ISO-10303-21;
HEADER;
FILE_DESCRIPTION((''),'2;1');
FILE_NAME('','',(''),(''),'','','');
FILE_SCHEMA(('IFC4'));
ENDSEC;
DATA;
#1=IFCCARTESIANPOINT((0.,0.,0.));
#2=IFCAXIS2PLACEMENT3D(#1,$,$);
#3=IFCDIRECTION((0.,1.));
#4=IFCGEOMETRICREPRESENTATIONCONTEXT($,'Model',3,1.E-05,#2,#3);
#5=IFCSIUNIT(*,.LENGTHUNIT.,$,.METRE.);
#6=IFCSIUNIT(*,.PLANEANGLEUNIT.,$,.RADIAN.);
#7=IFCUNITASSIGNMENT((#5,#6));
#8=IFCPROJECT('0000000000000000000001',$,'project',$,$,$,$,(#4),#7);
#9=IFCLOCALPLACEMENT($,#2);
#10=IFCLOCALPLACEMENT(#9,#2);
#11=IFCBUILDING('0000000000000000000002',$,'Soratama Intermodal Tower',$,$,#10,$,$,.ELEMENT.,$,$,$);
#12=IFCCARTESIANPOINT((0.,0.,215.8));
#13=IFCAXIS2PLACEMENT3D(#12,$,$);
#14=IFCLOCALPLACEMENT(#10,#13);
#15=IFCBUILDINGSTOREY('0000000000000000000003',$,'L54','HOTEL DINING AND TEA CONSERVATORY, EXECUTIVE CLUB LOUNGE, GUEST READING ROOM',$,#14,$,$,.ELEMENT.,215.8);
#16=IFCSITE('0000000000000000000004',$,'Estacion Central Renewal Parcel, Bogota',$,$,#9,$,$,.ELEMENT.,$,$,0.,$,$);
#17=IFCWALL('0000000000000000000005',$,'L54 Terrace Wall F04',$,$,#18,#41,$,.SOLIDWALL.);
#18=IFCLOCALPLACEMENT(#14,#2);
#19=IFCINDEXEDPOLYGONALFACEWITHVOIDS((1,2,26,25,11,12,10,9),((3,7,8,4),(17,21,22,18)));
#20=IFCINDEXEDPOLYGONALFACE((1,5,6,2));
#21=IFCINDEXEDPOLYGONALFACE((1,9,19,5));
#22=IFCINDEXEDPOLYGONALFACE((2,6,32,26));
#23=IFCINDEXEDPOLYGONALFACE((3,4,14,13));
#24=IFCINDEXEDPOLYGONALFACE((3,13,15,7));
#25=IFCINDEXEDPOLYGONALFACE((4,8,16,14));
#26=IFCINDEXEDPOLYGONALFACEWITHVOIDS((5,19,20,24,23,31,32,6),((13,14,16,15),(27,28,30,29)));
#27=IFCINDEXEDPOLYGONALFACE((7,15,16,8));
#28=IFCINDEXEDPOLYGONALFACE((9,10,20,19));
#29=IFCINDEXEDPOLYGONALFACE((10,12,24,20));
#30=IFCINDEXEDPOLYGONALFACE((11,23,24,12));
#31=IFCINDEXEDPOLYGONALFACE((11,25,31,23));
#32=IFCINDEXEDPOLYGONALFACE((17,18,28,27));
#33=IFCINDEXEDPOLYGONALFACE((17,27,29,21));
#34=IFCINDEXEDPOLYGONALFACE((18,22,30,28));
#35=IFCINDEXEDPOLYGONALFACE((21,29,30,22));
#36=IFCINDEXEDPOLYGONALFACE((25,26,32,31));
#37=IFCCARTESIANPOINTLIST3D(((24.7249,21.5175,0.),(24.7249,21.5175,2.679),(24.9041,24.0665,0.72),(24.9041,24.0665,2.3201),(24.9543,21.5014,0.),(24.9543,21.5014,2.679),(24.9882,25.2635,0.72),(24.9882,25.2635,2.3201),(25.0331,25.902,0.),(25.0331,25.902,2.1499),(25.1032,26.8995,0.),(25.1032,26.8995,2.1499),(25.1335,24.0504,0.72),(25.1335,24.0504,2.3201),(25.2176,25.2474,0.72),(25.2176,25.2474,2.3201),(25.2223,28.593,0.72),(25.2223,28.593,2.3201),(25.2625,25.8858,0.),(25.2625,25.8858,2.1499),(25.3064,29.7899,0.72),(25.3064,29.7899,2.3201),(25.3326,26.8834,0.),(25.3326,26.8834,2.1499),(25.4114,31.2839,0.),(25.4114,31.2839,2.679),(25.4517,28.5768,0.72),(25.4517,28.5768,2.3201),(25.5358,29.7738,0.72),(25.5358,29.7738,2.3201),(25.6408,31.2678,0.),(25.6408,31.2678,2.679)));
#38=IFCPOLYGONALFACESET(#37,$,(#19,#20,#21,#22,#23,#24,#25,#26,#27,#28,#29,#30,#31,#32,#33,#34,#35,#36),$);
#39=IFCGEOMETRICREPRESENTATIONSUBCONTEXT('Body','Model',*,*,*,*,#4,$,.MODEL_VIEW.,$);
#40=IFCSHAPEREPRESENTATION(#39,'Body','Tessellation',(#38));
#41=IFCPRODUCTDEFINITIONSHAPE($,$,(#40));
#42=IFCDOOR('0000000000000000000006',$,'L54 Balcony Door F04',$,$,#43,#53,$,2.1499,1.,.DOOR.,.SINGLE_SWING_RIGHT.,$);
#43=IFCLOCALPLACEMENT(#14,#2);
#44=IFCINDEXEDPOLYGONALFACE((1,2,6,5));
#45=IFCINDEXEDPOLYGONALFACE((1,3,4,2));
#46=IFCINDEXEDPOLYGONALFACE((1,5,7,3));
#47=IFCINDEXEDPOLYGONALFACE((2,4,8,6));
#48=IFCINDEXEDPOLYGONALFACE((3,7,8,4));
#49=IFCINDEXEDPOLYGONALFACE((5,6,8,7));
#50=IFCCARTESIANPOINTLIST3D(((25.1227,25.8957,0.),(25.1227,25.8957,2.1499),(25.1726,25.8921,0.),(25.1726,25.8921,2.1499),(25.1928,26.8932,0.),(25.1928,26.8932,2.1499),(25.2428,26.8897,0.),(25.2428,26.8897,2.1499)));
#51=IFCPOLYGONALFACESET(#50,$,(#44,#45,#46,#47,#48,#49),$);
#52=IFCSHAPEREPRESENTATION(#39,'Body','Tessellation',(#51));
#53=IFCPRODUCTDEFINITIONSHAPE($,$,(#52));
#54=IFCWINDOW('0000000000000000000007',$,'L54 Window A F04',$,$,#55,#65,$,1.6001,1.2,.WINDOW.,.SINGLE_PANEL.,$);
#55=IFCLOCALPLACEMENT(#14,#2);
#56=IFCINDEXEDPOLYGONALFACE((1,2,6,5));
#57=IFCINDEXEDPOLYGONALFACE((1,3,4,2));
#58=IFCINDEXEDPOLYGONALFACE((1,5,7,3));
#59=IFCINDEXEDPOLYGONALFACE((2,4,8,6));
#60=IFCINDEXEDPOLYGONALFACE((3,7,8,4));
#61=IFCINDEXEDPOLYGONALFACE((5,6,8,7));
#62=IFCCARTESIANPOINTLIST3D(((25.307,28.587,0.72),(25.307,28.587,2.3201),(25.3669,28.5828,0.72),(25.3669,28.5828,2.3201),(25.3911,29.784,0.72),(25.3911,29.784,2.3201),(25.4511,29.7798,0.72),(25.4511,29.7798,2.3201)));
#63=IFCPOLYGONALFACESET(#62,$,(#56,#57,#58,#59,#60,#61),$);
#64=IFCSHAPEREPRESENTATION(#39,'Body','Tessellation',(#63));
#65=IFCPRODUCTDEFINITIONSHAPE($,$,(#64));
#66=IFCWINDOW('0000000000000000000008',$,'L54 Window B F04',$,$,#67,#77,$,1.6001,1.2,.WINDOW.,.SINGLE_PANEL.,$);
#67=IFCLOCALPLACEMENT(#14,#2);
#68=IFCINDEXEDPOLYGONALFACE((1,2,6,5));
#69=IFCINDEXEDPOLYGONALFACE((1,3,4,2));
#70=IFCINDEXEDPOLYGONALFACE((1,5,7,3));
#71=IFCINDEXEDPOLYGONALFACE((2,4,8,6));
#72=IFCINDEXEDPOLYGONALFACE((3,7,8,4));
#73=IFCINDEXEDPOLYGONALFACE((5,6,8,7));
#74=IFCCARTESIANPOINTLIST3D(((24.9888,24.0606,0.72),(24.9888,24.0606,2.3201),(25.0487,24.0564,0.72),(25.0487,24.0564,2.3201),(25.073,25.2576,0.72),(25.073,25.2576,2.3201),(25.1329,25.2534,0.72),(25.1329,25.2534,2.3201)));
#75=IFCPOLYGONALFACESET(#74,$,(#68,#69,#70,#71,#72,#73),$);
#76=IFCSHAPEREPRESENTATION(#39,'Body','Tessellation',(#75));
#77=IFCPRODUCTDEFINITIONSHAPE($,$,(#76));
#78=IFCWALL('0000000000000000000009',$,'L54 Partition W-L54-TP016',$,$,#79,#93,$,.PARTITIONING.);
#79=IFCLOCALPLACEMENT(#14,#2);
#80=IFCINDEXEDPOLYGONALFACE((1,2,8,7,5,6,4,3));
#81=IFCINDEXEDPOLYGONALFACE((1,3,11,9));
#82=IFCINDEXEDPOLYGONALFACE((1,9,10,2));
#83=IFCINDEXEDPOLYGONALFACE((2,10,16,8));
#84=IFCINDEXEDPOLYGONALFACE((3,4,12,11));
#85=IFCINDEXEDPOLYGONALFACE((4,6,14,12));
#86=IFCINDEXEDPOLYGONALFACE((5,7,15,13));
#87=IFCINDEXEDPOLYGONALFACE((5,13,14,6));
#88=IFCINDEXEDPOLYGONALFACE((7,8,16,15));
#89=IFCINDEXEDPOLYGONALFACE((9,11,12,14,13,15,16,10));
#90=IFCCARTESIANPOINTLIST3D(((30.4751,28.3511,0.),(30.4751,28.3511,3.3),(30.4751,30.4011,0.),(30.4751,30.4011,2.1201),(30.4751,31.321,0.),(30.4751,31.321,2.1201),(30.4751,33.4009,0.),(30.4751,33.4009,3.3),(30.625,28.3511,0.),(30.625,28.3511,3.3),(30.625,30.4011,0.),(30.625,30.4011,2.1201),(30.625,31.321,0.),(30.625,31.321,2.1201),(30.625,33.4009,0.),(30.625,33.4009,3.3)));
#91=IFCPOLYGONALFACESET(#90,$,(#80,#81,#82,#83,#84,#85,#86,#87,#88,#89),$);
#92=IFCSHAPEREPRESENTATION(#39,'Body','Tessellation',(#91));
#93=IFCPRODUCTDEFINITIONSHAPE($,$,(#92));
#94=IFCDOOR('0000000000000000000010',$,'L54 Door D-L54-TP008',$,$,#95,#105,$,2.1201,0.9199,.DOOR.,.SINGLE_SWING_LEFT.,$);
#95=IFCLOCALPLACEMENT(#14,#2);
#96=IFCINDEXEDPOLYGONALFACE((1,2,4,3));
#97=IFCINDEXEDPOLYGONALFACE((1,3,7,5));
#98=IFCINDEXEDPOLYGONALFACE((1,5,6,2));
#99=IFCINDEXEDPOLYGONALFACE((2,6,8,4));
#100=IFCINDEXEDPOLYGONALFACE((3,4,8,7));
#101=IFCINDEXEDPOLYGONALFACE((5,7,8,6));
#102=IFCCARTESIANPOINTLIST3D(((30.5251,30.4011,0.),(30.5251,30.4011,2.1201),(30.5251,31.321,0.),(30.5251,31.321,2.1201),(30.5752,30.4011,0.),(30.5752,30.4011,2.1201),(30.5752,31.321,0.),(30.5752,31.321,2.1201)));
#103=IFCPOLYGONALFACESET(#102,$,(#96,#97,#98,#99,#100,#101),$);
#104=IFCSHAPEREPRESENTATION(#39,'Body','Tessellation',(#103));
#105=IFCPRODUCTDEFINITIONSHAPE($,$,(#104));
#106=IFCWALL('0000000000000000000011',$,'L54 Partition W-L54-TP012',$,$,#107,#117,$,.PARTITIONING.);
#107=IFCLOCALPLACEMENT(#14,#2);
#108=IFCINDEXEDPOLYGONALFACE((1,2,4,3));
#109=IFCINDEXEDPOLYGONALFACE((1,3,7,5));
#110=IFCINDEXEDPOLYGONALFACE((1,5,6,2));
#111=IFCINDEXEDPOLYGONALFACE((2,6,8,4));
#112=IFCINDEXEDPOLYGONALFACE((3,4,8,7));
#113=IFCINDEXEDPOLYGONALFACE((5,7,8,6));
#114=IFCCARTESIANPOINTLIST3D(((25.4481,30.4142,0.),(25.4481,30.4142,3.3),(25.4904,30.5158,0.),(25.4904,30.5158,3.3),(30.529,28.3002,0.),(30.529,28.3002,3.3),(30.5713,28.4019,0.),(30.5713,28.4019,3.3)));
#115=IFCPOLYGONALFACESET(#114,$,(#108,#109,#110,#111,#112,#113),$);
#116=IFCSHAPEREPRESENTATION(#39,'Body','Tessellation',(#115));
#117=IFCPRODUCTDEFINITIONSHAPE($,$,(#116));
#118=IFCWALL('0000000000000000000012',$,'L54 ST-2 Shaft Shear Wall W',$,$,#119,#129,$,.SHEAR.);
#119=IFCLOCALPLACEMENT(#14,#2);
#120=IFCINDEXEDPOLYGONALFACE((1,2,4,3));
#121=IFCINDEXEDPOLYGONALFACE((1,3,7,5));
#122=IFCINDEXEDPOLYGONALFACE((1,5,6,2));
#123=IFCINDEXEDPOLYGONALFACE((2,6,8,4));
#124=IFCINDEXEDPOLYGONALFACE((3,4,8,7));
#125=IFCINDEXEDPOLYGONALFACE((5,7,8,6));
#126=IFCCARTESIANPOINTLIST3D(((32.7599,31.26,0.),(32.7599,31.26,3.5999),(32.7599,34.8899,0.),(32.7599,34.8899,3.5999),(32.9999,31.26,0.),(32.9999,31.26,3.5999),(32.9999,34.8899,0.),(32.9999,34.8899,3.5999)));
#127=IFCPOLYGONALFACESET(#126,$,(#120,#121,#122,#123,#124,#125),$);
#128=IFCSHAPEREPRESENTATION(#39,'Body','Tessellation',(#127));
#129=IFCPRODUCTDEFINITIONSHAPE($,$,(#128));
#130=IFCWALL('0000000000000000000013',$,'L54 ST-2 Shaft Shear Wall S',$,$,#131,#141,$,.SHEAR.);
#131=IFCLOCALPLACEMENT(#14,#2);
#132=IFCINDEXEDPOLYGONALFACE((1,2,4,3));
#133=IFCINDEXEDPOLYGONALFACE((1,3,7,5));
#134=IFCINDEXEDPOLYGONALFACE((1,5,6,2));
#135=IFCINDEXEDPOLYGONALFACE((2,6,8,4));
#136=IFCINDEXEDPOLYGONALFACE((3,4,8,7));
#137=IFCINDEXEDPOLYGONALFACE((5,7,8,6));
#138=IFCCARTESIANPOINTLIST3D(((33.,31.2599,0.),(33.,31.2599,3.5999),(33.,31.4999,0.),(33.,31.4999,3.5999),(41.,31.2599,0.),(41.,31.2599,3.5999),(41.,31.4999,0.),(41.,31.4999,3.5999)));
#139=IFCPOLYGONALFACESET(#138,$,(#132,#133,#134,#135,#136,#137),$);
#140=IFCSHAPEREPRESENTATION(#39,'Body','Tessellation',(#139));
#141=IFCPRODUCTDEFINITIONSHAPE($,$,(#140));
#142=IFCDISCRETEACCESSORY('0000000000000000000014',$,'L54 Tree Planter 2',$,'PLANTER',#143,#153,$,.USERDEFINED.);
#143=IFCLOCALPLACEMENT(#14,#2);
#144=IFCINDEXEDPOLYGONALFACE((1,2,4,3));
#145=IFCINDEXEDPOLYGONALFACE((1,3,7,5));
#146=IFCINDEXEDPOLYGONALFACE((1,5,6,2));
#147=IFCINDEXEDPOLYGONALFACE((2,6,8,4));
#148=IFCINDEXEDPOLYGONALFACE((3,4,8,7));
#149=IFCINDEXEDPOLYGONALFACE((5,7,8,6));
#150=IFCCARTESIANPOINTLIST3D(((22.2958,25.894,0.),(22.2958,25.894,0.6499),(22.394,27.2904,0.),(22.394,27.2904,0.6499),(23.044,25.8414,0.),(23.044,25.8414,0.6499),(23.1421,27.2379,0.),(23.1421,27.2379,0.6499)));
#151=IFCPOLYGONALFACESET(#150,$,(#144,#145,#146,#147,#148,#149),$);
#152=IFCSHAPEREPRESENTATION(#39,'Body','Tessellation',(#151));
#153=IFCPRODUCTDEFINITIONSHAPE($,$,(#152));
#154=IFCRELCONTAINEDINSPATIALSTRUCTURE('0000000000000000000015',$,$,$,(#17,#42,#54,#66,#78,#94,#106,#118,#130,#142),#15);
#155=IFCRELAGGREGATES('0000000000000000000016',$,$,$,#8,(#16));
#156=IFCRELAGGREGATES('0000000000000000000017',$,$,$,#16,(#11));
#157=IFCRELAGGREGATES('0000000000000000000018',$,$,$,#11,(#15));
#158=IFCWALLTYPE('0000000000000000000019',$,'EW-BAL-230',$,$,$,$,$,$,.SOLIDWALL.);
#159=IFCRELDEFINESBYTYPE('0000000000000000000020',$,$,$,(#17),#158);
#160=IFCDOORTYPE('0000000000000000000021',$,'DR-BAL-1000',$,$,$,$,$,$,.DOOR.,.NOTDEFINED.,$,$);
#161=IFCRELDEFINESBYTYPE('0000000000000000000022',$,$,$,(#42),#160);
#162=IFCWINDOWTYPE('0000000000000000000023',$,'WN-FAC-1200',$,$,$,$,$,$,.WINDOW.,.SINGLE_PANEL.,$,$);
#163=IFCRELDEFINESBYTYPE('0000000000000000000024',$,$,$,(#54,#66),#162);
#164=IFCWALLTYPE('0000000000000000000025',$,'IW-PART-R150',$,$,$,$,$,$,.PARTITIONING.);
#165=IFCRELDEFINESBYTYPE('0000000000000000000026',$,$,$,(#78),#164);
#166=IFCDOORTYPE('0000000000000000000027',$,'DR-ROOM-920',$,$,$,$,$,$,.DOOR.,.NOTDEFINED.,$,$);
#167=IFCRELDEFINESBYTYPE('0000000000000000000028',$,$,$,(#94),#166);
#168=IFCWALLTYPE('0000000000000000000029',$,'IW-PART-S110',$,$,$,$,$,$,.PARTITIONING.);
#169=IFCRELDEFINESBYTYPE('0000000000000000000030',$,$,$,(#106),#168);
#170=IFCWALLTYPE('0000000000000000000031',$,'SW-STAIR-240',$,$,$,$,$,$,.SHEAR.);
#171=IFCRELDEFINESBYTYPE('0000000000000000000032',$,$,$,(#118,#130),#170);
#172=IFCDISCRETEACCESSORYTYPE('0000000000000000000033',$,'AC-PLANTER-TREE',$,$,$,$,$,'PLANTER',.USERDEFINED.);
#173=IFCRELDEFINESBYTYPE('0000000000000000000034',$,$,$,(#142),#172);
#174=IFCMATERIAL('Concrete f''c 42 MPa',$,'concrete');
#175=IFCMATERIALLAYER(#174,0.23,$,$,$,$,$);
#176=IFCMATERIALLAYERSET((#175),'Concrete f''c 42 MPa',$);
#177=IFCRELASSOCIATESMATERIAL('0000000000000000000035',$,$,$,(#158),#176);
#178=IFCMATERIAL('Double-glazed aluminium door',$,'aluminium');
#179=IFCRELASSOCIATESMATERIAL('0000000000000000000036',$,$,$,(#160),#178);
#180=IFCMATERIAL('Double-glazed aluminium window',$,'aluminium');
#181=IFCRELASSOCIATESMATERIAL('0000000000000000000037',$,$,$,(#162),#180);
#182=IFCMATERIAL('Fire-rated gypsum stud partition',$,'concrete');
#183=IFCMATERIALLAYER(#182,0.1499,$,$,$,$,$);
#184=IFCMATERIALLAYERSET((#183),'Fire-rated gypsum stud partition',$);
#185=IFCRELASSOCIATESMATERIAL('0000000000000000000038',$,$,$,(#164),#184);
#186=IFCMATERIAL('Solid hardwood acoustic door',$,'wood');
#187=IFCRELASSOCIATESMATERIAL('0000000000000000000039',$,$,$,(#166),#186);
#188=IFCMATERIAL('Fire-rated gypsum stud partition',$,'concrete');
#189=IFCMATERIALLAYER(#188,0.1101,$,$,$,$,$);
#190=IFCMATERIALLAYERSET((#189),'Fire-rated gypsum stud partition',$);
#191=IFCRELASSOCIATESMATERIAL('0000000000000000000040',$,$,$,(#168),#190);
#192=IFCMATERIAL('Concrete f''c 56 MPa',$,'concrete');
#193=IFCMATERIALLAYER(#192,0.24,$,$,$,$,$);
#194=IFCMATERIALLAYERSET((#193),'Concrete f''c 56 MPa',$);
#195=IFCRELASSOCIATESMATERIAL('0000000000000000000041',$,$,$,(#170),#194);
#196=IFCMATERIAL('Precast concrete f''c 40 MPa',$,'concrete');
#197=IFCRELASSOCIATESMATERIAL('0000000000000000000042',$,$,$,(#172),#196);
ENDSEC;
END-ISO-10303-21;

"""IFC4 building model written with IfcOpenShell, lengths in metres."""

from ifc_helpers import new_model, si_unit, direction, frame, frame_2d, origin, origin_2d, place, context, subcontext, project, spatial, rectangle, extrude, material, layer, layer_set, type_object, element, fill, save


model = new_model("IFC4")

# Units and contexts
model_context = context("Model", 3, precision=1e-05, world=origin(), true_north=direction((0.0, 1.0)))
body_context = subcontext(model_context, "Body", "Model", "MODEL_VIEW")
ifc_project = project(units=[si_unit("LENGTHUNIT", "METRE"), si_unit("PLANEANGLEUNIT", "RADIAN")], contexts=[model_context])

# Site, building, storey
site_placement = place(None, origin())
site = spatial("IfcSite", under=ifc_project, at=site_placement, Name="Estacion Central Renewal Parcel, Bogota", CompositionType="ELEMENT", RefElevation=0.0)
building_placement = place(site_placement, origin())
building = spatial("IfcBuilding", under=site, at=building_placement, Name="Soratama Intermodal Tower", CompositionType="ELEMENT")
storey_placement = place(building_placement, frame((0.0, 0.0, 215.8)))
storey = spatial("IfcBuildingStorey", under=building, at=storey_placement, Name="L54", Description="HOTEL DINING AND TEA CONSERVATORY, EXECUTIVE CLUB LOUNGE, GUEST READING ROOM", CompositionType="ELEMENT", Elevation=215.8)

# Wall, openings, door, windows
ifc_material_1 = material(Name="Concrete f'c 42 MPa", Category="concrete")
ifc_layer_1 = layer(ifc_material_1, 0.23)
ifc_layer_set_1 = layer_set([ifc_layer_1], Name="Concrete f'c 42 MPa")
wall_type_1 = type_object("IfcWallType", Name="EW-BAL-230", PredefinedType="SOLIDWALL", material=ifc_layer_set_1)
wall_1_placement = place(storey_placement, frame((25.5261, 31.2759, 0.0), z_axis=(0.0, 0.0, 1.0), x_axis=(-0.070122, -0.997538, 0.0)))
wall_1 = element("IfcWall", 1, at=wall_1_placement, inside=storey, type_object=wall_type_1, Name="L54 Terrace Wall F04", PredefinedType="SOLIDWALL", context=body_context, shape_type="SweptSolid", body=[
    extrude(rectangle(XDim=9.7905, YDim=0.23, at=frame_2d((4.8953, 0.0))), origin(), (0.0, 0.0, 1.0), 2.679),
])
opening_1_placement = place(wall_1_placement, frame((4.3953, 0.0, 0.0)))
opening_1 = element("IfcOpeningElement", 2, at=opening_1_placement, cuts=wall_1, PredefinedType="OPENING", context=body_context, shape_type="SweptSolid", body=[
    extrude(rectangle(XDim=1.0, YDim=2.1499, at=frame_2d((0.5, 1.075))), frame((0.0, 0.125, 0.0), z_axis=(0.0, -1.0, 0.0), x_axis=(1.0, 0.0, 0.0)), (0.0, 0.0, 1.0), 0.25),
])
opening_2_placement = place(wall_1_placement, frame((1.4976, 0.0, 0.72)))
opening_2 = element("IfcOpeningElement", 3, at=opening_2_placement, cuts=wall_1, PredefinedType="OPENING", context=body_context, shape_type="SweptSolid", body=[
    extrude(rectangle(XDim=1.2, YDim=1.6001, at=frame_2d((0.6001, 0.8))), frame((0.0, 0.125, 0.0), z_axis=(0.0, -1.0, 0.0), x_axis=(1.0, 0.0, 0.0)), (0.0, 0.0, 1.0), 0.25),
])
opening_3_placement = place(wall_1_placement, frame((6.0352, 0.0, 0.72)))
opening_3 = element("IfcOpeningElement", 4, at=opening_3_placement, cuts=wall_1, PredefinedType="OPENING", context=body_context, shape_type="SweptSolid", body=[
    extrude(rectangle(XDim=1.2, YDim=1.6001, at=frame_2d((0.6001, 0.8))), frame((0.0, 0.125, 0.0), z_axis=(0.0, -1.0, 0.0), x_axis=(1.0, 0.0, 0.0)), (0.0, 0.0, 1.0), 0.25),
])
ifc_material_2 = material(Name="Double-glazed aluminium door", Category="aluminium")
door_type_1 = type_object("IfcDoorType", Name="DR-BAL-1000", OperationType="NOTDEFINED", PredefinedType="DOOR", material=ifc_material_2)
door_1_placement = place(opening_1_placement, origin())
door_1 = element("IfcDoor", 5, at=door_1_placement, inside=storey, type_object=door_type_1, Name="L54 Balcony Door F04", OperationType="SINGLE_SWING_RIGHT", OverallHeight=2.1499, OverallWidth=1.0, PredefinedType="DOOR", context=body_context, shape_type="SweptSolid", body=[
    extrude(rectangle(XDim=1.0, YDim=2.1499, at=frame_2d((0.5, 1.075))), frame((0.0, 0.0249, 0.0), z_axis=(0.0, -1.0, 0.0), x_axis=(1.0, 0.0, 0.0)), (0.0, 0.0, 1.0), 0.05),
])
fill(opening_1, door_1)
ifc_material_3 = material(Name="Double-glazed aluminium window", Category="aluminium")
window_type = type_object("IfcWindowType", Name="WN-FAC-1200", PartitioningType="SINGLE_PANEL", PredefinedType="WINDOW", material=ifc_material_3)
window_1_placement = place(opening_2_placement, origin())
window_1 = element("IfcWindow", 6, at=window_1_placement, inside=storey, type_object=window_type, Name="L54 Window A F04", OverallHeight=1.6001, OverallWidth=1.2, PartitioningType="SINGLE_PANEL", PredefinedType="WINDOW", context=body_context, shape_type="SweptSolid", body=[
    extrude(rectangle(XDim=1.2, YDim=1.6001, at=frame_2d((0.6001, 0.8))), frame((0.0, 0.03, 0.0), z_axis=(0.0, -1.0, 0.0), x_axis=(1.0, 0.0, 0.0)), (0.0, 0.0, 1.0), 0.0601),
])
fill(opening_2, window_1)
window_2_placement = place(opening_3_placement, origin())
window_2 = element("IfcWindow", 7, at=window_2_placement, inside=storey, type_object=window_type, Name="L54 Window B F04", OverallHeight=1.6001, OverallWidth=1.2, PartitioningType="SINGLE_PANEL", PredefinedType="WINDOW", context=body_context, shape_type="SweptSolid", body=[
    extrude(rectangle(XDim=1.2, YDim=1.6001, at=frame_2d((0.6001, 0.8))), frame((0.0, 0.03, 0.0), z_axis=(0.0, -1.0, 0.0), x_axis=(1.0, 0.0, 0.0)), (0.0, 0.0, 1.0), 0.0601),
])
fill(opening_3, window_2)

# Wall, opening, door
ifc_material_4 = material(Name="Fire-rated gypsum stud partition", Category="concrete")
ifc_layer_2 = layer(ifc_material_4, 0.1499)
ifc_layer_set_2 = layer_set([ifc_layer_2], Name="Fire-rated gypsum stud partition")
wall_type_2 = type_object("IfcWallType", Name="IW-PART-R150", PredefinedType="PARTITIONING", material=ifc_layer_set_2)
wall_2_placement = place(storey_placement, frame((30.55, 28.3511, 0.0), z_axis=(0.0, 0.0, 1.0), x_axis=(0.0, 1.0, 0.0)))
wall_2 = element("IfcWall", 8, at=wall_2_placement, inside=storey, type_object=wall_type_2, Name="L54 Partition W-L54-TP016", PredefinedType="PARTITIONING", context=body_context, shape_type="SweptSolid", body=[
    extrude(rectangle(XDim=5.0498, YDim=0.1499, at=frame_2d((2.5249, 0.0))), origin(), (0.0, 0.0, 1.0), 3.3),
])
opening_4_placement = place(wall_2_placement, frame((2.05, 0.0, 0.0)))
opening_4 = element("IfcOpeningElement", 9, at=opening_4_placement, cuts=wall_2, PredefinedType="OPENING", context=body_context, shape_type="SweptSolid", body=[
    extrude(rectangle(XDim=0.9199, YDim=2.1201, at=frame_2d((0.46, 1.0601))), frame((0.0, 0.085, 0.0), z_axis=(0.0, -1.0, 0.0), x_axis=(1.0, 0.0, 0.0)), (0.0, 0.0, 1.0), 0.1699),
])
ifc_material_5 = material(Name="Solid hardwood acoustic door", Category="wood")
door_type_2 = type_object("IfcDoorType", Name="DR-ROOM-920", OperationType="NOTDEFINED", PredefinedType="DOOR", material=ifc_material_5)
door_2_placement = place(opening_4_placement, origin())
door_2 = element("IfcDoor", 10, at=door_2_placement, inside=storey, type_object=door_type_2, Name="L54 Door D-L54-TP008", OperationType="SINGLE_SWING_LEFT", OverallHeight=2.1201, OverallWidth=0.9199, PredefinedType="DOOR", context=body_context, shape_type="SweptSolid", body=[
    extrude(rectangle(XDim=0.9199, YDim=2.1201, at=frame_2d((0.46, 1.0601))), frame((0.0, 0.0249, 0.0), z_axis=(0.0, -1.0, 0.0), x_axis=(1.0, 0.0, 0.0)), (0.0, 0.0, 1.0), 0.05),
])
fill(opening_4, door_2)

# Wall
ifc_material_6 = material(Name="Fire-rated gypsum stud partition", Category="concrete")
ifc_layer_3 = layer(ifc_material_6, 0.1101)
ifc_layer_set_3 = layer_set([ifc_layer_3], Name="Fire-rated gypsum stud partition")
wall_type_3 = type_object("IfcWallType", Name="IW-PART-S110", PredefinedType="PARTITIONING", material=ifc_layer_set_3)
wall_3_placement = place(storey_placement, frame((30.55, 28.3511, 0.0), z_axis=(0.0, 0.0, 1.0), x_axis=(-0.923276, 0.384137, 0.0)))
element("IfcWall", 11, at=wall_3_placement, inside=storey, type_object=wall_type_3, Name="L54 Partition W-L54-TP012", PredefinedType="PARTITIONING", context=body_context, shape_type="SweptSolid", body=[
    extrude(rectangle(XDim=5.5032, YDim=0.1101, at=frame_2d((2.7515, 0.0))), origin(), (0.0, 0.0, 1.0), 3.3),
])

# Walls
ifc_material_7 = material(Name="Concrete f'c 56 MPa", Category="concrete")
ifc_layer_4 = layer(ifc_material_7, 0.24)
ifc_layer_set_4 = layer_set([ifc_layer_4], Name="Concrete f'c 56 MPa")
wall_type_4 = type_object("IfcWallType", Name="SW-STAIR-240", PredefinedType="SHEAR", material=ifc_layer_set_4)
wall_4_placement = place(storey_placement, frame((32.8799, 31.26, 0.0), z_axis=(0.0, 0.0, 1.0), x_axis=(0.0, 1.0, 0.0)))
element("IfcWall", 12, at=wall_4_placement, inside=storey, type_object=wall_type_4, Name="L54 ST-2 Shaft Shear Wall W", PredefinedType="SHEAR", context=body_context, shape_type="SweptSolid", body=[
    extrude(rectangle(XDim=3.6299, YDim=0.24, at=frame_2d((1.8149, 0.0))), origin(), (0.0, 0.0, 1.0), 3.5999),
])
wall_5_placement = place(storey_placement, frame((33.0, 31.3799, 0.0), z_axis=(0.0, 0.0, 1.0), x_axis=(1.0, 0.0, 0.0)))
element("IfcWall", 13, at=wall_5_placement, inside=storey, type_object=wall_type_4, Name="L54 ST-2 Shaft Shear Wall S", PredefinedType="SHEAR", context=body_context, shape_type="SweptSolid", body=[
    extrude(rectangle(XDim=8.0, YDim=0.24, at=frame_2d((4.0, 0.0))), origin(), (0.0, 0.0, 1.0), 3.5999),
])

# Discrete accessory
ifc_material_8 = material(Name="Precast concrete f'c 40 MPa", Category="concrete")
discrete_accessory_type = type_object("IfcDiscreteAccessoryType", Name="AC-PLANTER-TREE", ElementType="PLANTER", PredefinedType="USERDEFINED", material=ifc_material_8)
discrete_accessory_placement = place(storey_placement, frame((22.719, 26.5659, 0.0), z_axis=(0.0, 0.0, 1.0), x_axis=(-0.99754, 0.070105, 0.0)))
element("IfcDiscreteAccessory", 14, at=discrete_accessory_placement, inside=storey, type_object=discrete_accessory_type, Name="L54 Tree Planter 2", ObjectType="PLANTER", PredefinedType="USERDEFINED", context=body_context, shape_type="SweptSolid", body=[
    extrude(rectangle(XDim=0.75, YDim=1.3999, at=origin_2d()), origin(), (0.0, 0.0, 1.0), 0.6499),
])

save(model, "model.ifc")
